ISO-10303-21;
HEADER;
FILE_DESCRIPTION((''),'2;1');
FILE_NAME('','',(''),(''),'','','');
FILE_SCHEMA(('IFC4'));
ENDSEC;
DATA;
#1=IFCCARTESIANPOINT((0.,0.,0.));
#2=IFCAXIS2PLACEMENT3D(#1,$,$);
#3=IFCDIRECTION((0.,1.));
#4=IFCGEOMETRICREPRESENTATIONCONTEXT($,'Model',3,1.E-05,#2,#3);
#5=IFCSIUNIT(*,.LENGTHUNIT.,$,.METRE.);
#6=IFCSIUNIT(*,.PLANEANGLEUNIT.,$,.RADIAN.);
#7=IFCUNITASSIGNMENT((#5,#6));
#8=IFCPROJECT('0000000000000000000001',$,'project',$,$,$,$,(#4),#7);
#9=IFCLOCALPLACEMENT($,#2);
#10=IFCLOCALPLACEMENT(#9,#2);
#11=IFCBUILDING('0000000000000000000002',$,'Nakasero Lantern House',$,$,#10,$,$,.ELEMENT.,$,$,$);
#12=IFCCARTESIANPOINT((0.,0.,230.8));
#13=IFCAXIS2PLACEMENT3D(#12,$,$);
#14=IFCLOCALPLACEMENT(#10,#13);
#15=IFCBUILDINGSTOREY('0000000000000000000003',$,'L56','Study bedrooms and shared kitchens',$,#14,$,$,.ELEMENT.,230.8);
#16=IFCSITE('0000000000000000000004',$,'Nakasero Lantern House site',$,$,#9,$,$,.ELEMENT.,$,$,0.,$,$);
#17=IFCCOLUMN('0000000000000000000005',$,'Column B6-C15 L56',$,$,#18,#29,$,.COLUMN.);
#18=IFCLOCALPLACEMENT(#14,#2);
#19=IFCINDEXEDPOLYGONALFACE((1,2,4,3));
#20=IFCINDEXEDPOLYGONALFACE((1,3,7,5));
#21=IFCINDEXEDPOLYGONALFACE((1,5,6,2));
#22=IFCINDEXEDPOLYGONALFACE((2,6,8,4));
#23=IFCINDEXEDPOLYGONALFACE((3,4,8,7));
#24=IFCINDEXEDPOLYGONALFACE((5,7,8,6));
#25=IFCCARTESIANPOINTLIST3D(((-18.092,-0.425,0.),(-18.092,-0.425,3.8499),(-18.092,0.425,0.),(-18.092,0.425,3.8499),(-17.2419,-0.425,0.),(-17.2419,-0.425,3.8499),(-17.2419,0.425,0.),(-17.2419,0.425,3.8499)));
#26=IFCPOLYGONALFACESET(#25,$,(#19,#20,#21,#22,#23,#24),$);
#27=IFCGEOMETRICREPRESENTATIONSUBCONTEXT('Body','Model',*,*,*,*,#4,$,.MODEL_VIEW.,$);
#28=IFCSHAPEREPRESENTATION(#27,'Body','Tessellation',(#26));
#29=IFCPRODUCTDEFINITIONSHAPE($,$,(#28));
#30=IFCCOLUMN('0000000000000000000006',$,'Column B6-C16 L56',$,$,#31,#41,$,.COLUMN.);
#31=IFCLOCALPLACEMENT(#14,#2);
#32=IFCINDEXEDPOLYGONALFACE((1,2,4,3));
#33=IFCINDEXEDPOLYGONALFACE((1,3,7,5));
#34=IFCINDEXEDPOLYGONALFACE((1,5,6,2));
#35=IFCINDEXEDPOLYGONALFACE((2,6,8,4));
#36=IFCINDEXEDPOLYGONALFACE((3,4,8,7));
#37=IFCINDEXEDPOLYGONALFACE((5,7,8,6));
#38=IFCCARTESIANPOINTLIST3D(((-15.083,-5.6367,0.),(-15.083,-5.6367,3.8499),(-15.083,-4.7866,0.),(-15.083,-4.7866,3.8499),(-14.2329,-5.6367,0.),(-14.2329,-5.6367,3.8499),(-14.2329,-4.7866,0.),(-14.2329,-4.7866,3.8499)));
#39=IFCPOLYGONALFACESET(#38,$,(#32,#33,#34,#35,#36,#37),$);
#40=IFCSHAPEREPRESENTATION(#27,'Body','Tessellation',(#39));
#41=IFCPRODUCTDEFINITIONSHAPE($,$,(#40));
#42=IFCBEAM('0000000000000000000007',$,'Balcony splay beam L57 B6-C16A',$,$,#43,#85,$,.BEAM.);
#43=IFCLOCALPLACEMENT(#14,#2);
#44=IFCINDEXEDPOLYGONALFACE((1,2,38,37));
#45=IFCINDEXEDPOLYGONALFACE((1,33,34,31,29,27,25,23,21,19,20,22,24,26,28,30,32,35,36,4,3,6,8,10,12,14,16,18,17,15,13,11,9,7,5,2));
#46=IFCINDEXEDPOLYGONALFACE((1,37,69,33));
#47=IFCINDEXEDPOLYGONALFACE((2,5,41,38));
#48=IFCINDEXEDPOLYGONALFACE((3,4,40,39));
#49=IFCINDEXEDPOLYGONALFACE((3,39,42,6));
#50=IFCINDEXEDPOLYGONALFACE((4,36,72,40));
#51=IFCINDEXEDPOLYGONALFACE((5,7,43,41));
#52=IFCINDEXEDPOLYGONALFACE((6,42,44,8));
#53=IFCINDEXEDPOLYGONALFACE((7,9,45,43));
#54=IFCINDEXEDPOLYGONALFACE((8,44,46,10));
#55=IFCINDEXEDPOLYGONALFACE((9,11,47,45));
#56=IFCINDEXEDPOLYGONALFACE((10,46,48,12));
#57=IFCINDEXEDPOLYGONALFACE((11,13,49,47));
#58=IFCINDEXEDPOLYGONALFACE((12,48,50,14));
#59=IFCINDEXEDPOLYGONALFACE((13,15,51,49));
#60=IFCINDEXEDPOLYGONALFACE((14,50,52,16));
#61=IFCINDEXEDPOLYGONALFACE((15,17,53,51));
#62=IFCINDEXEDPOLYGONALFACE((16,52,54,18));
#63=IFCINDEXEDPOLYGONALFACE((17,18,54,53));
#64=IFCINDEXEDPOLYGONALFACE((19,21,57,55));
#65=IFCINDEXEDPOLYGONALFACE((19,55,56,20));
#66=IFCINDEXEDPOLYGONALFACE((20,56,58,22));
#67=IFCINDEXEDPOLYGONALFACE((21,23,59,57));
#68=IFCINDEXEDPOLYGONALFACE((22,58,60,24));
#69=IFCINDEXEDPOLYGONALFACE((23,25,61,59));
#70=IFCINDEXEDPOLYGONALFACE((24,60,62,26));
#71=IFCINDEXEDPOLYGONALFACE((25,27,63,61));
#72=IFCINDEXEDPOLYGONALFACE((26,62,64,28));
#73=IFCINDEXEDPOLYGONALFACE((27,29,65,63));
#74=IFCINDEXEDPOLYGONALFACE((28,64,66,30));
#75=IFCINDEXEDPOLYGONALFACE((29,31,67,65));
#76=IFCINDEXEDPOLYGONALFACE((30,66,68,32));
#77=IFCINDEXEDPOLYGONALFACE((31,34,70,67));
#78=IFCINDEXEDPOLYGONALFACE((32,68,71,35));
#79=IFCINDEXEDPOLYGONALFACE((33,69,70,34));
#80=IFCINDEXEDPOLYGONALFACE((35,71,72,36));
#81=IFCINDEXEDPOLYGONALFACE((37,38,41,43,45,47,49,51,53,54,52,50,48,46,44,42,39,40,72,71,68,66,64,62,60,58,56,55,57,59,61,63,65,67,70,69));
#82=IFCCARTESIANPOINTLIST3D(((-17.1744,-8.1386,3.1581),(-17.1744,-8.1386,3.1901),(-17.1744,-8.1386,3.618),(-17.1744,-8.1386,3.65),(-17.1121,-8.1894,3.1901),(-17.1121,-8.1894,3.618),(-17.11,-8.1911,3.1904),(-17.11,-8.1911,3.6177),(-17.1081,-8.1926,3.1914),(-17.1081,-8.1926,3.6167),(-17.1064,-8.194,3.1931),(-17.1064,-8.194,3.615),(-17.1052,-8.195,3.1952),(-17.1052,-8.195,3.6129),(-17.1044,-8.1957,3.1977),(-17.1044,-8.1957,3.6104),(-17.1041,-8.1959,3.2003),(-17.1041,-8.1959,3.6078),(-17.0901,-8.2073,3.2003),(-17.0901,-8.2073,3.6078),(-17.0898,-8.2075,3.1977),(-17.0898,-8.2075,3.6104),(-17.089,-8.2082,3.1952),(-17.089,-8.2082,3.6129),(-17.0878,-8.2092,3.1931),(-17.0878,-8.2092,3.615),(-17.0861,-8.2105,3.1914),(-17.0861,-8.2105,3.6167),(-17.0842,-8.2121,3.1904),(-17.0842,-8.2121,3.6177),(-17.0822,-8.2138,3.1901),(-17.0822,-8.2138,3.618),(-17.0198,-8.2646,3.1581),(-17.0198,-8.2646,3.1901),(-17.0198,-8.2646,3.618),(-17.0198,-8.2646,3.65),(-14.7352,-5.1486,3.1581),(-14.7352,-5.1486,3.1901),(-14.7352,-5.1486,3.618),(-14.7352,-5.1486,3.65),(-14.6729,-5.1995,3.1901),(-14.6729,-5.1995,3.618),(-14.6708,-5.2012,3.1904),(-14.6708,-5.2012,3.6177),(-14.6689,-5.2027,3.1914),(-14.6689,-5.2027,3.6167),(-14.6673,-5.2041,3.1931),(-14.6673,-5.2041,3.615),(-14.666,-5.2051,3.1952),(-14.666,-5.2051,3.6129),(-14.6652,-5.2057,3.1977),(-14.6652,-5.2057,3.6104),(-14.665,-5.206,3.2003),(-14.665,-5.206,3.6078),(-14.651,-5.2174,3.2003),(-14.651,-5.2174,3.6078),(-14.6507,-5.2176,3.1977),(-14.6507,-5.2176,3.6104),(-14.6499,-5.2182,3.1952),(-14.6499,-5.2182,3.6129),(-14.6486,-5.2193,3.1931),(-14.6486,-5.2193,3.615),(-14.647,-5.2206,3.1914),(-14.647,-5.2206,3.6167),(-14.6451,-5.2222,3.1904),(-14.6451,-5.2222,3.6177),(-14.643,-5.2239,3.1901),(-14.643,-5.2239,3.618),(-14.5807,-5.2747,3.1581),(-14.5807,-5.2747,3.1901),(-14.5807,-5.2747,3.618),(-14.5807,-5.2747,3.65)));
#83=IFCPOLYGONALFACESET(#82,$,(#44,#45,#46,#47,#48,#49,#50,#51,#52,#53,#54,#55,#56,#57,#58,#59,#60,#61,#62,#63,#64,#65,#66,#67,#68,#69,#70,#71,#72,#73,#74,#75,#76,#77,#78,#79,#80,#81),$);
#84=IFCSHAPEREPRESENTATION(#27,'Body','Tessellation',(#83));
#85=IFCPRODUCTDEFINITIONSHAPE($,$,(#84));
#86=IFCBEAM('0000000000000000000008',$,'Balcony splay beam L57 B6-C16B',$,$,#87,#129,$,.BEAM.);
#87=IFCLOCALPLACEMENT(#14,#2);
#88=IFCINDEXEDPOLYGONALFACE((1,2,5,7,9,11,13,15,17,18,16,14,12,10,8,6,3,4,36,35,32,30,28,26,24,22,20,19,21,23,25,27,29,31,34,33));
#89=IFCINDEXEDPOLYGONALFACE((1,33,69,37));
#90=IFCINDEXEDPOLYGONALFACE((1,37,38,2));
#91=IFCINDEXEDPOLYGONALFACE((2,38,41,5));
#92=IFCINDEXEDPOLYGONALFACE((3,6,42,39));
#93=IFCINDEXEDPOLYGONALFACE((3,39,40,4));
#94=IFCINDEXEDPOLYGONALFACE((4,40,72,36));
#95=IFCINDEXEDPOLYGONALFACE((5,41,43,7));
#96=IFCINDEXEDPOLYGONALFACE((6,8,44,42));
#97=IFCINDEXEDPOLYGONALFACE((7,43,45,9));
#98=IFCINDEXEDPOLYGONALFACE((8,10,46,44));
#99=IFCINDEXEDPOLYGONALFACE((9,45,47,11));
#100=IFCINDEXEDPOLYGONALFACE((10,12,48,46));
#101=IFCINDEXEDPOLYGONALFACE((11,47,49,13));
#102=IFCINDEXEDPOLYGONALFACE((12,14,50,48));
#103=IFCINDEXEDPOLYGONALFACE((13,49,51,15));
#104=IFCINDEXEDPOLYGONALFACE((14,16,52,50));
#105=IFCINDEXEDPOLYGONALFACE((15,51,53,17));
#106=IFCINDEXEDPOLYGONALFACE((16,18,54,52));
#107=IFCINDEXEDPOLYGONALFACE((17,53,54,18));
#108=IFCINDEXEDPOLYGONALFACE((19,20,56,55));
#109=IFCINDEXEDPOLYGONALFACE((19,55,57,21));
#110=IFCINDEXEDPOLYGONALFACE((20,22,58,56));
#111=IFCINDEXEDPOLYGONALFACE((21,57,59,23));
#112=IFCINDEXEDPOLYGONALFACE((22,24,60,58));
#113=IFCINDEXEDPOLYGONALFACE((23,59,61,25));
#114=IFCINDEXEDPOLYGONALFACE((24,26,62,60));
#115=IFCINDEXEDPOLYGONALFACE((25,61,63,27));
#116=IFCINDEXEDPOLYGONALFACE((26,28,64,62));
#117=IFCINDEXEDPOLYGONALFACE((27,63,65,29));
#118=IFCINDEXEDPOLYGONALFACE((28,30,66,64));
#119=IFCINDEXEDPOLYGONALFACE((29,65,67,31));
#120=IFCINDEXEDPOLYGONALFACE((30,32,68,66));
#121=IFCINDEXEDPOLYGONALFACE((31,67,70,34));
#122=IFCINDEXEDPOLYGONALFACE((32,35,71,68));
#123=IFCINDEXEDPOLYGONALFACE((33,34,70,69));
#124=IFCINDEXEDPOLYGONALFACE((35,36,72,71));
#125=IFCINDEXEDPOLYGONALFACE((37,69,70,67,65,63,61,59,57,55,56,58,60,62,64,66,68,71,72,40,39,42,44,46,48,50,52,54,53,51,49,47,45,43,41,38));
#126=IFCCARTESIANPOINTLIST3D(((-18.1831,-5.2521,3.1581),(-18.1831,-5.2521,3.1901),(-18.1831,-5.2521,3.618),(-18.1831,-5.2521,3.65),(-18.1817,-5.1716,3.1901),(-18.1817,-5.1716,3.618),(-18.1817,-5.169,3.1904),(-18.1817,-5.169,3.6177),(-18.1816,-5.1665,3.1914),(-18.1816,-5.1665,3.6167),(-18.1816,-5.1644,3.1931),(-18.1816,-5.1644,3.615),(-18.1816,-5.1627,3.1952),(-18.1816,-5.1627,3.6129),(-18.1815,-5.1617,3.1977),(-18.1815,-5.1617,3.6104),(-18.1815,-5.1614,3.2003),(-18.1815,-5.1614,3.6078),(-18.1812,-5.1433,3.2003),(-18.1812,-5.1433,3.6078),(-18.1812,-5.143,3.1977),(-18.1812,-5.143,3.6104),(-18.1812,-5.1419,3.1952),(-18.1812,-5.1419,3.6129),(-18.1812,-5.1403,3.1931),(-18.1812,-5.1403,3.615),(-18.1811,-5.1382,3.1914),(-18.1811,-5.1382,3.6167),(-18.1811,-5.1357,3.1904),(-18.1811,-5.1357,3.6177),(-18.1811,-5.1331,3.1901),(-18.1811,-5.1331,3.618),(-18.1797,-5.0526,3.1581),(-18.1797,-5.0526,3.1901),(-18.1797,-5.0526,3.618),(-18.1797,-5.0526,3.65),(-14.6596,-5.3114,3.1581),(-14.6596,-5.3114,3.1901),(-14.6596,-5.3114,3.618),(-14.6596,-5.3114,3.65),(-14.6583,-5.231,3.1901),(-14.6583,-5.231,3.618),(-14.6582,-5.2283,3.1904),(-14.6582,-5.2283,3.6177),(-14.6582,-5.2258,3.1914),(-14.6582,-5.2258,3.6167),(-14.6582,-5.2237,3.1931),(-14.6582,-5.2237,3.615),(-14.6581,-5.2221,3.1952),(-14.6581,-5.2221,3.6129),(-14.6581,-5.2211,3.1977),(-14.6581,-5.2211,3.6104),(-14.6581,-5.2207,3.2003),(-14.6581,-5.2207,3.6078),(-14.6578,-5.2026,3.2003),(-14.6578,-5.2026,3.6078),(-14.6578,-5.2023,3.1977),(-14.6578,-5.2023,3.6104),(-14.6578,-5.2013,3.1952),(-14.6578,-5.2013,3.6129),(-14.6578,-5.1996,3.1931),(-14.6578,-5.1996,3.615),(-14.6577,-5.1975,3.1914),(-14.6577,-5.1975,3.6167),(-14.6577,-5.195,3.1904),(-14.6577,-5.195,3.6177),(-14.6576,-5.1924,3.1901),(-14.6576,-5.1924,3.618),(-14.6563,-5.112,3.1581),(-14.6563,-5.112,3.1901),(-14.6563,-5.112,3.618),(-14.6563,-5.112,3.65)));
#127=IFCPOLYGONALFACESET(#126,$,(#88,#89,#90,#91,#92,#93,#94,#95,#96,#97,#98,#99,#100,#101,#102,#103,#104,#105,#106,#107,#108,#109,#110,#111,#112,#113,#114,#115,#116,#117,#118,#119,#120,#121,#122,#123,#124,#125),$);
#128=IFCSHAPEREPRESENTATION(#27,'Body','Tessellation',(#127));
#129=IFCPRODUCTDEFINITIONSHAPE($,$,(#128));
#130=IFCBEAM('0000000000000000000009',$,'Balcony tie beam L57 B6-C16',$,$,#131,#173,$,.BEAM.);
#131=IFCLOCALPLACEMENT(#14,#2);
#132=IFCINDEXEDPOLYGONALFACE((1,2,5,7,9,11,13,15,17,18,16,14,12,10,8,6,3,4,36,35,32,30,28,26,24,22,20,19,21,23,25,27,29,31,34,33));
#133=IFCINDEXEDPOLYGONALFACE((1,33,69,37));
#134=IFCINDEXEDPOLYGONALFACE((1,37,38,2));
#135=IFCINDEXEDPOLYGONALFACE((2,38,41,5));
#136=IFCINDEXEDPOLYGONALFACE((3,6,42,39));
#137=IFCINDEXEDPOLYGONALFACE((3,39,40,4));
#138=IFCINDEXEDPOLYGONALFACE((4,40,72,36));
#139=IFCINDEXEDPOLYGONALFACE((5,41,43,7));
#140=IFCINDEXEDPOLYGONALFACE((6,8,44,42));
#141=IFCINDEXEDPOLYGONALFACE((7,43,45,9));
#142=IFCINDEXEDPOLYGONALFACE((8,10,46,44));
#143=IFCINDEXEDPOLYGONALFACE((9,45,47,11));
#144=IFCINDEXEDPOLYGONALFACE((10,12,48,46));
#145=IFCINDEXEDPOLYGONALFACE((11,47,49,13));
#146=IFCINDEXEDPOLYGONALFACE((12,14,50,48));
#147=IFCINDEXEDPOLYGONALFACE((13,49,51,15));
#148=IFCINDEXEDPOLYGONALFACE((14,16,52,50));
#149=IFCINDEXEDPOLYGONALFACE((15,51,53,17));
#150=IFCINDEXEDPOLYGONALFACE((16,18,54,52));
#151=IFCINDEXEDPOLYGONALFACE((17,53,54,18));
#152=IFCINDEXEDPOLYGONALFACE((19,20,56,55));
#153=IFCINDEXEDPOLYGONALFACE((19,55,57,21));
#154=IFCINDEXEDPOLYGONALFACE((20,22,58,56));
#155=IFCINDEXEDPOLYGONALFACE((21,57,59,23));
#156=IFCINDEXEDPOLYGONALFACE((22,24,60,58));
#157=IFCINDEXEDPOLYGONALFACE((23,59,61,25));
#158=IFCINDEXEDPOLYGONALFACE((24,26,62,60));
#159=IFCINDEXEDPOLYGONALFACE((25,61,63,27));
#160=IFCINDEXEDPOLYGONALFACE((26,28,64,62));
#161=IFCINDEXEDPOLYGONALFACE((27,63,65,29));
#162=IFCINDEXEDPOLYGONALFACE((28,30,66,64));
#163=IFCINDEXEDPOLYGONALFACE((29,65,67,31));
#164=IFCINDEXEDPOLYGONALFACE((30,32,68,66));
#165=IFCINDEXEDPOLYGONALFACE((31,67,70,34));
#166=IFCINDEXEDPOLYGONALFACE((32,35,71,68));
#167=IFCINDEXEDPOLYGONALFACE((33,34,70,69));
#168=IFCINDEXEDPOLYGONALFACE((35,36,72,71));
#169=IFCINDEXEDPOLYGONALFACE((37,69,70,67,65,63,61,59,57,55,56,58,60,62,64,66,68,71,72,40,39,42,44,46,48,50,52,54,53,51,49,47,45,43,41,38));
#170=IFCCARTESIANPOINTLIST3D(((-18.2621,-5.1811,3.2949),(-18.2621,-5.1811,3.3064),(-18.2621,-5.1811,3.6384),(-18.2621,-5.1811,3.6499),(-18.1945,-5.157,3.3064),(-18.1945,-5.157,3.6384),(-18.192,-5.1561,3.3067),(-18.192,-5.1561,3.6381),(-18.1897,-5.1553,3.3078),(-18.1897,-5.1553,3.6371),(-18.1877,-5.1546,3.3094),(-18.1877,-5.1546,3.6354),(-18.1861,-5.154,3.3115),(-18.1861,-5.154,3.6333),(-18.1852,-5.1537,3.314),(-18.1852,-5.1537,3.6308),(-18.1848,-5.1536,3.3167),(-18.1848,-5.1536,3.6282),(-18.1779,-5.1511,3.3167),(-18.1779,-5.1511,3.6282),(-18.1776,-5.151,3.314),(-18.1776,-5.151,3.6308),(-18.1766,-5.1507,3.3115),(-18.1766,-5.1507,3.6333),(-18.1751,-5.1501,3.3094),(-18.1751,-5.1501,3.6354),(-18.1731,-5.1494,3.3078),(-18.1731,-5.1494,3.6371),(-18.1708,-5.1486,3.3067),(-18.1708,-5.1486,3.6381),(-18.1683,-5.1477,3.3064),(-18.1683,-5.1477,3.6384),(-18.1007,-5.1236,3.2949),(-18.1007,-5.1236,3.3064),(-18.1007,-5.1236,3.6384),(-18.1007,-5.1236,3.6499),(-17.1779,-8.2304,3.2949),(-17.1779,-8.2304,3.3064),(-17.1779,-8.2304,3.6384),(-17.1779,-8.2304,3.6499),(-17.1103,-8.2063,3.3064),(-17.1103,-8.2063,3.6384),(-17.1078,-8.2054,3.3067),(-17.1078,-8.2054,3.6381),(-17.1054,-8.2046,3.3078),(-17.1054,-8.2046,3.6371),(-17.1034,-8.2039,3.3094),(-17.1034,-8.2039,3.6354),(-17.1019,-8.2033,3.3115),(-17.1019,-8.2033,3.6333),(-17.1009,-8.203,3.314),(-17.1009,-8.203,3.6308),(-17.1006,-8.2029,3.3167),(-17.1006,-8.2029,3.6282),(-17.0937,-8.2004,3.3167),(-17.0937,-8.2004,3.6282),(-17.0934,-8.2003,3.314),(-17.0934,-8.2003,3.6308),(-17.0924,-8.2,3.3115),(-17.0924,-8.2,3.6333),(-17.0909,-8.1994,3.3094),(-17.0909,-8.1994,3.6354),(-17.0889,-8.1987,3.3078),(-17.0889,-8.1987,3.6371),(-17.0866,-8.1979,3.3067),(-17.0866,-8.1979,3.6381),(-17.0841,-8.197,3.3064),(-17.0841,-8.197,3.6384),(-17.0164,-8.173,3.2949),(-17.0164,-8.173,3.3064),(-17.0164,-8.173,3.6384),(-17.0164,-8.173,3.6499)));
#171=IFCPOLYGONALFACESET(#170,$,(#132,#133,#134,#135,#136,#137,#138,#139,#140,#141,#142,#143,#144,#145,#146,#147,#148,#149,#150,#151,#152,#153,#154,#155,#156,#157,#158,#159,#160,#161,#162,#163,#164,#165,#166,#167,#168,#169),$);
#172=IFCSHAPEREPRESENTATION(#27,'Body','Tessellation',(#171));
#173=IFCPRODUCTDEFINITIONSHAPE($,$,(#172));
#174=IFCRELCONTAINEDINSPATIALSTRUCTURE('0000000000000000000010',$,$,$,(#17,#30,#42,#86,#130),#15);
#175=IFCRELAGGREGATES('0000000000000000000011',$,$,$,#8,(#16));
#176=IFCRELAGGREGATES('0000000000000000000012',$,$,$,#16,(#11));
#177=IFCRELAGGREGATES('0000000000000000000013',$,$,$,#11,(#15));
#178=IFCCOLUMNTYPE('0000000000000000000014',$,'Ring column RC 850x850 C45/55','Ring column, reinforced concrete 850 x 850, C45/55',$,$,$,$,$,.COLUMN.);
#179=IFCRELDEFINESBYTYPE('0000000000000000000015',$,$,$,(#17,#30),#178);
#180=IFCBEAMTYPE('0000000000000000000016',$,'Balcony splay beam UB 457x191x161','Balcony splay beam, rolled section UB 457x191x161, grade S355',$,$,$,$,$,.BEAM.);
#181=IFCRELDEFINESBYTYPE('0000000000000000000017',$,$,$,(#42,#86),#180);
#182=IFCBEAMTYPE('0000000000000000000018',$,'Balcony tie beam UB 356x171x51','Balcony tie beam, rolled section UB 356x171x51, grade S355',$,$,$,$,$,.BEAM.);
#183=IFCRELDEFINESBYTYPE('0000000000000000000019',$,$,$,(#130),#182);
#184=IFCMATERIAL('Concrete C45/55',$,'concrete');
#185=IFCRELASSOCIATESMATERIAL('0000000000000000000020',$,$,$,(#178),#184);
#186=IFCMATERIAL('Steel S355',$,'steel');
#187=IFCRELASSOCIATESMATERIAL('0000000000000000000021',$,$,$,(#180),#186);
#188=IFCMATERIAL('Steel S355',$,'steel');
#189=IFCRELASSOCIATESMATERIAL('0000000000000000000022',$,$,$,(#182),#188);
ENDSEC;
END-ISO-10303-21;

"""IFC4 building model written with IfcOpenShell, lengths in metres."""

from ifc_helpers import new_model, si_unit, direction, frame, origin, origin_2d, place, context, subcontext, project, spatial, rectangle, i_section, extrude, material, material_profile, profile_set, type_object, element, save


model = new_model("IFC4")

# Units and contexts
model_context = context("Model", 3, precision=1e-05, world=origin(), true_north=direction((0.0, 1.0)))
body_context = subcontext(model_context, "Body", "Model", "MODEL_VIEW")
ifc_project = project(units=[si_unit("LENGTHUNIT", "METRE"), si_unit("PLANEANGLEUNIT", "RADIAN")], contexts=[model_context])

# Site, building, storey
site_placement = place(None, origin())
site = spatial("IfcSite", under=ifc_project, at=site_placement, Name="Nakasero Lantern House site", CompositionType="ELEMENT", RefElevation=0.0)
building_placement = place(site_placement, origin())
building = spatial("IfcBuilding", under=site, at=building_placement, Name="Nakasero Lantern House", CompositionType="ELEMENT")
storey_placement = place(building_placement, frame((0.0, 0.0, 230.8)))
storey = spatial("IfcBuildingStorey", under=building, at=storey_placement, Name="L56", Description="Study bedrooms and shared kitchens", CompositionType="ELEMENT", Elevation=230.8)

# Columns
ifc_material_1 = material(Name="Concrete C45/55", Category="concrete")
ifc_material_profile_1 = material_profile(ifc_material_1, rectangle(XDim=0.8501, YDim=0.8501, at=origin_2d()), Name="RC 850x850")
ifc_profile_set_1 = profile_set([ifc_material_profile_1], Name="Concrete C45/55")
column_type = type_object("IfcColumnType", Name="Ring column RC 850x850 C45/55", Description="Ring column, reinforced concrete 850 x 850, C45/55", PredefinedType="COLUMN", material=ifc_profile_set_1)
for number, where, z_axis, x_axis, name in (
    (1, (-17.667, 0.0, 0.0), (0.0, 0.0, 1.0), (1.0, 0.0, 0.0), "Column B6-C15 L56"),
    (2, (-14.658, -5.2117, 0.0), (0.0, 0.0, 1.0), (1.0, 0.0, 0.0), "Column B6-C16 L56"),
):
    element("IfcColumn", number, at=place(storey_placement, frame(where, z_axis=z_axis, x_axis=x_axis)), inside=storey, type_object=column_type, Name=name, PredefinedType="COLUMN", context=body_context, shape_type="SweptSolid", body=[
        extrude(rectangle(XDim=0.8501, YDim=0.8501, at=origin_2d()), origin(), (0.0, 0.0, 1.0), 3.8499),
    ])

# Beams
ifc_material_2 = material(Name="Steel S355", Category="steel")
ifc_material_profile_2 = material_profile(ifc_material_2, i_section(OverallWidth=0.1995, OverallDepth=0.4919, WebThickness=0.0181, FlangeThickness=0.032, FilletRadius=0.0103, at=origin_2d()), Name="UB 457x191x161")
ifc_profile_set_2 = profile_set([ifc_material_profile_2], Name="Steel S355")
beam_type_1 = type_object("IfcBeamType", Name="Balcony splay beam UB 457x191x161", Description="Balcony splay beam, rolled section UB 457x191x161, grade S355", PredefinedType="BEAM", material=ifc_profile_set_2)
beam_1_placement = place(storey_placement, frame((-14.658, -5.2117, 3.4041), z_axis=(-0.632128, -0.774864, 0.0), x_axis=(0.774864, -0.632128, 0.0)))
element("IfcBeam", 3, at=beam_1_placement, inside=storey, type_object=beam_type_1, Name="Balcony splay beam L57 B6-C16A", PredefinedType="BEAM", context=body_context, shape_type="SweptSolid", body=[
    extrude(i_section(OverallWidth=0.1995, OverallDepth=0.4919, WebThickness=0.0181, FlangeThickness=0.032, FilletRadius=0.0103, at=origin_2d()), origin(), (0.0, 0.0, 1.0), 3.8586),
])
beam_2_placement = place(storey_placement, frame((-14.658, -5.2117, 3.4041), z_axis=(-0.999858, 0.016835, 0.0), x_axis=(-0.016835, -0.999858, 0.0)))
element("IfcBeam", 4, at=beam_2_placement, inside=storey, type_object=beam_type_1, Name="Balcony splay beam L57 B6-C16B", PredefinedType="BEAM", context=body_context, shape_type="SweptSolid", body=[
    extrude(i_section(OverallWidth=0.1995, OverallDepth=0.4919, WebThickness=0.0181, FlangeThickness=0.032, FilletRadius=0.0103, at=origin_2d()), origin(), (0.0, 0.0, 1.0), 3.5239),
])
ifc_material_3 = material(Name="Steel S355", Category="steel")
ifc_material_profile_3 = material_profile(ifc_material_3, i_section(OverallWidth=0.1714, OverallDepth=0.355, WebThickness=0.0073, FlangeThickness=0.0115, FilletRadius=0.0103, at=origin_2d()), Name="UB 356x171x51")
ifc_profile_set_3 = profile_set([ifc_material_profile_3], Name="Steel S355")
beam_type_2 = type_object("IfcBeamType", Name="Balcony tie beam UB 356x171x51", Description="Balcony tie beam, rolled section UB 356x171x51, grade S355", PredefinedType="BEAM", material=ifc_profile_set_3)
beam_3_placement = place(storey_placement, frame((-17.0972, -8.2017, 3.4724), z_axis=(-0.335017, 0.942212, 0.0), x_axis=(-0.942212, -0.335017, 0.0)))
element("IfcBeam", 5, at=beam_3_placement, inside=storey, type_object=beam_type_2, Name="Balcony tie beam L57 B6-C16", PredefinedType="BEAM", context=body_context, shape_type="SweptSolid", body=[
    extrude(i_section(OverallWidth=0.1714, OverallDepth=0.355, WebThickness=0.0073, FlangeThickness=0.0115, FilletRadius=0.0103, at=origin_2d()), origin(), (0.0, 0.0, 1.0), 3.2363),
])

save(model, "model.ifc")
